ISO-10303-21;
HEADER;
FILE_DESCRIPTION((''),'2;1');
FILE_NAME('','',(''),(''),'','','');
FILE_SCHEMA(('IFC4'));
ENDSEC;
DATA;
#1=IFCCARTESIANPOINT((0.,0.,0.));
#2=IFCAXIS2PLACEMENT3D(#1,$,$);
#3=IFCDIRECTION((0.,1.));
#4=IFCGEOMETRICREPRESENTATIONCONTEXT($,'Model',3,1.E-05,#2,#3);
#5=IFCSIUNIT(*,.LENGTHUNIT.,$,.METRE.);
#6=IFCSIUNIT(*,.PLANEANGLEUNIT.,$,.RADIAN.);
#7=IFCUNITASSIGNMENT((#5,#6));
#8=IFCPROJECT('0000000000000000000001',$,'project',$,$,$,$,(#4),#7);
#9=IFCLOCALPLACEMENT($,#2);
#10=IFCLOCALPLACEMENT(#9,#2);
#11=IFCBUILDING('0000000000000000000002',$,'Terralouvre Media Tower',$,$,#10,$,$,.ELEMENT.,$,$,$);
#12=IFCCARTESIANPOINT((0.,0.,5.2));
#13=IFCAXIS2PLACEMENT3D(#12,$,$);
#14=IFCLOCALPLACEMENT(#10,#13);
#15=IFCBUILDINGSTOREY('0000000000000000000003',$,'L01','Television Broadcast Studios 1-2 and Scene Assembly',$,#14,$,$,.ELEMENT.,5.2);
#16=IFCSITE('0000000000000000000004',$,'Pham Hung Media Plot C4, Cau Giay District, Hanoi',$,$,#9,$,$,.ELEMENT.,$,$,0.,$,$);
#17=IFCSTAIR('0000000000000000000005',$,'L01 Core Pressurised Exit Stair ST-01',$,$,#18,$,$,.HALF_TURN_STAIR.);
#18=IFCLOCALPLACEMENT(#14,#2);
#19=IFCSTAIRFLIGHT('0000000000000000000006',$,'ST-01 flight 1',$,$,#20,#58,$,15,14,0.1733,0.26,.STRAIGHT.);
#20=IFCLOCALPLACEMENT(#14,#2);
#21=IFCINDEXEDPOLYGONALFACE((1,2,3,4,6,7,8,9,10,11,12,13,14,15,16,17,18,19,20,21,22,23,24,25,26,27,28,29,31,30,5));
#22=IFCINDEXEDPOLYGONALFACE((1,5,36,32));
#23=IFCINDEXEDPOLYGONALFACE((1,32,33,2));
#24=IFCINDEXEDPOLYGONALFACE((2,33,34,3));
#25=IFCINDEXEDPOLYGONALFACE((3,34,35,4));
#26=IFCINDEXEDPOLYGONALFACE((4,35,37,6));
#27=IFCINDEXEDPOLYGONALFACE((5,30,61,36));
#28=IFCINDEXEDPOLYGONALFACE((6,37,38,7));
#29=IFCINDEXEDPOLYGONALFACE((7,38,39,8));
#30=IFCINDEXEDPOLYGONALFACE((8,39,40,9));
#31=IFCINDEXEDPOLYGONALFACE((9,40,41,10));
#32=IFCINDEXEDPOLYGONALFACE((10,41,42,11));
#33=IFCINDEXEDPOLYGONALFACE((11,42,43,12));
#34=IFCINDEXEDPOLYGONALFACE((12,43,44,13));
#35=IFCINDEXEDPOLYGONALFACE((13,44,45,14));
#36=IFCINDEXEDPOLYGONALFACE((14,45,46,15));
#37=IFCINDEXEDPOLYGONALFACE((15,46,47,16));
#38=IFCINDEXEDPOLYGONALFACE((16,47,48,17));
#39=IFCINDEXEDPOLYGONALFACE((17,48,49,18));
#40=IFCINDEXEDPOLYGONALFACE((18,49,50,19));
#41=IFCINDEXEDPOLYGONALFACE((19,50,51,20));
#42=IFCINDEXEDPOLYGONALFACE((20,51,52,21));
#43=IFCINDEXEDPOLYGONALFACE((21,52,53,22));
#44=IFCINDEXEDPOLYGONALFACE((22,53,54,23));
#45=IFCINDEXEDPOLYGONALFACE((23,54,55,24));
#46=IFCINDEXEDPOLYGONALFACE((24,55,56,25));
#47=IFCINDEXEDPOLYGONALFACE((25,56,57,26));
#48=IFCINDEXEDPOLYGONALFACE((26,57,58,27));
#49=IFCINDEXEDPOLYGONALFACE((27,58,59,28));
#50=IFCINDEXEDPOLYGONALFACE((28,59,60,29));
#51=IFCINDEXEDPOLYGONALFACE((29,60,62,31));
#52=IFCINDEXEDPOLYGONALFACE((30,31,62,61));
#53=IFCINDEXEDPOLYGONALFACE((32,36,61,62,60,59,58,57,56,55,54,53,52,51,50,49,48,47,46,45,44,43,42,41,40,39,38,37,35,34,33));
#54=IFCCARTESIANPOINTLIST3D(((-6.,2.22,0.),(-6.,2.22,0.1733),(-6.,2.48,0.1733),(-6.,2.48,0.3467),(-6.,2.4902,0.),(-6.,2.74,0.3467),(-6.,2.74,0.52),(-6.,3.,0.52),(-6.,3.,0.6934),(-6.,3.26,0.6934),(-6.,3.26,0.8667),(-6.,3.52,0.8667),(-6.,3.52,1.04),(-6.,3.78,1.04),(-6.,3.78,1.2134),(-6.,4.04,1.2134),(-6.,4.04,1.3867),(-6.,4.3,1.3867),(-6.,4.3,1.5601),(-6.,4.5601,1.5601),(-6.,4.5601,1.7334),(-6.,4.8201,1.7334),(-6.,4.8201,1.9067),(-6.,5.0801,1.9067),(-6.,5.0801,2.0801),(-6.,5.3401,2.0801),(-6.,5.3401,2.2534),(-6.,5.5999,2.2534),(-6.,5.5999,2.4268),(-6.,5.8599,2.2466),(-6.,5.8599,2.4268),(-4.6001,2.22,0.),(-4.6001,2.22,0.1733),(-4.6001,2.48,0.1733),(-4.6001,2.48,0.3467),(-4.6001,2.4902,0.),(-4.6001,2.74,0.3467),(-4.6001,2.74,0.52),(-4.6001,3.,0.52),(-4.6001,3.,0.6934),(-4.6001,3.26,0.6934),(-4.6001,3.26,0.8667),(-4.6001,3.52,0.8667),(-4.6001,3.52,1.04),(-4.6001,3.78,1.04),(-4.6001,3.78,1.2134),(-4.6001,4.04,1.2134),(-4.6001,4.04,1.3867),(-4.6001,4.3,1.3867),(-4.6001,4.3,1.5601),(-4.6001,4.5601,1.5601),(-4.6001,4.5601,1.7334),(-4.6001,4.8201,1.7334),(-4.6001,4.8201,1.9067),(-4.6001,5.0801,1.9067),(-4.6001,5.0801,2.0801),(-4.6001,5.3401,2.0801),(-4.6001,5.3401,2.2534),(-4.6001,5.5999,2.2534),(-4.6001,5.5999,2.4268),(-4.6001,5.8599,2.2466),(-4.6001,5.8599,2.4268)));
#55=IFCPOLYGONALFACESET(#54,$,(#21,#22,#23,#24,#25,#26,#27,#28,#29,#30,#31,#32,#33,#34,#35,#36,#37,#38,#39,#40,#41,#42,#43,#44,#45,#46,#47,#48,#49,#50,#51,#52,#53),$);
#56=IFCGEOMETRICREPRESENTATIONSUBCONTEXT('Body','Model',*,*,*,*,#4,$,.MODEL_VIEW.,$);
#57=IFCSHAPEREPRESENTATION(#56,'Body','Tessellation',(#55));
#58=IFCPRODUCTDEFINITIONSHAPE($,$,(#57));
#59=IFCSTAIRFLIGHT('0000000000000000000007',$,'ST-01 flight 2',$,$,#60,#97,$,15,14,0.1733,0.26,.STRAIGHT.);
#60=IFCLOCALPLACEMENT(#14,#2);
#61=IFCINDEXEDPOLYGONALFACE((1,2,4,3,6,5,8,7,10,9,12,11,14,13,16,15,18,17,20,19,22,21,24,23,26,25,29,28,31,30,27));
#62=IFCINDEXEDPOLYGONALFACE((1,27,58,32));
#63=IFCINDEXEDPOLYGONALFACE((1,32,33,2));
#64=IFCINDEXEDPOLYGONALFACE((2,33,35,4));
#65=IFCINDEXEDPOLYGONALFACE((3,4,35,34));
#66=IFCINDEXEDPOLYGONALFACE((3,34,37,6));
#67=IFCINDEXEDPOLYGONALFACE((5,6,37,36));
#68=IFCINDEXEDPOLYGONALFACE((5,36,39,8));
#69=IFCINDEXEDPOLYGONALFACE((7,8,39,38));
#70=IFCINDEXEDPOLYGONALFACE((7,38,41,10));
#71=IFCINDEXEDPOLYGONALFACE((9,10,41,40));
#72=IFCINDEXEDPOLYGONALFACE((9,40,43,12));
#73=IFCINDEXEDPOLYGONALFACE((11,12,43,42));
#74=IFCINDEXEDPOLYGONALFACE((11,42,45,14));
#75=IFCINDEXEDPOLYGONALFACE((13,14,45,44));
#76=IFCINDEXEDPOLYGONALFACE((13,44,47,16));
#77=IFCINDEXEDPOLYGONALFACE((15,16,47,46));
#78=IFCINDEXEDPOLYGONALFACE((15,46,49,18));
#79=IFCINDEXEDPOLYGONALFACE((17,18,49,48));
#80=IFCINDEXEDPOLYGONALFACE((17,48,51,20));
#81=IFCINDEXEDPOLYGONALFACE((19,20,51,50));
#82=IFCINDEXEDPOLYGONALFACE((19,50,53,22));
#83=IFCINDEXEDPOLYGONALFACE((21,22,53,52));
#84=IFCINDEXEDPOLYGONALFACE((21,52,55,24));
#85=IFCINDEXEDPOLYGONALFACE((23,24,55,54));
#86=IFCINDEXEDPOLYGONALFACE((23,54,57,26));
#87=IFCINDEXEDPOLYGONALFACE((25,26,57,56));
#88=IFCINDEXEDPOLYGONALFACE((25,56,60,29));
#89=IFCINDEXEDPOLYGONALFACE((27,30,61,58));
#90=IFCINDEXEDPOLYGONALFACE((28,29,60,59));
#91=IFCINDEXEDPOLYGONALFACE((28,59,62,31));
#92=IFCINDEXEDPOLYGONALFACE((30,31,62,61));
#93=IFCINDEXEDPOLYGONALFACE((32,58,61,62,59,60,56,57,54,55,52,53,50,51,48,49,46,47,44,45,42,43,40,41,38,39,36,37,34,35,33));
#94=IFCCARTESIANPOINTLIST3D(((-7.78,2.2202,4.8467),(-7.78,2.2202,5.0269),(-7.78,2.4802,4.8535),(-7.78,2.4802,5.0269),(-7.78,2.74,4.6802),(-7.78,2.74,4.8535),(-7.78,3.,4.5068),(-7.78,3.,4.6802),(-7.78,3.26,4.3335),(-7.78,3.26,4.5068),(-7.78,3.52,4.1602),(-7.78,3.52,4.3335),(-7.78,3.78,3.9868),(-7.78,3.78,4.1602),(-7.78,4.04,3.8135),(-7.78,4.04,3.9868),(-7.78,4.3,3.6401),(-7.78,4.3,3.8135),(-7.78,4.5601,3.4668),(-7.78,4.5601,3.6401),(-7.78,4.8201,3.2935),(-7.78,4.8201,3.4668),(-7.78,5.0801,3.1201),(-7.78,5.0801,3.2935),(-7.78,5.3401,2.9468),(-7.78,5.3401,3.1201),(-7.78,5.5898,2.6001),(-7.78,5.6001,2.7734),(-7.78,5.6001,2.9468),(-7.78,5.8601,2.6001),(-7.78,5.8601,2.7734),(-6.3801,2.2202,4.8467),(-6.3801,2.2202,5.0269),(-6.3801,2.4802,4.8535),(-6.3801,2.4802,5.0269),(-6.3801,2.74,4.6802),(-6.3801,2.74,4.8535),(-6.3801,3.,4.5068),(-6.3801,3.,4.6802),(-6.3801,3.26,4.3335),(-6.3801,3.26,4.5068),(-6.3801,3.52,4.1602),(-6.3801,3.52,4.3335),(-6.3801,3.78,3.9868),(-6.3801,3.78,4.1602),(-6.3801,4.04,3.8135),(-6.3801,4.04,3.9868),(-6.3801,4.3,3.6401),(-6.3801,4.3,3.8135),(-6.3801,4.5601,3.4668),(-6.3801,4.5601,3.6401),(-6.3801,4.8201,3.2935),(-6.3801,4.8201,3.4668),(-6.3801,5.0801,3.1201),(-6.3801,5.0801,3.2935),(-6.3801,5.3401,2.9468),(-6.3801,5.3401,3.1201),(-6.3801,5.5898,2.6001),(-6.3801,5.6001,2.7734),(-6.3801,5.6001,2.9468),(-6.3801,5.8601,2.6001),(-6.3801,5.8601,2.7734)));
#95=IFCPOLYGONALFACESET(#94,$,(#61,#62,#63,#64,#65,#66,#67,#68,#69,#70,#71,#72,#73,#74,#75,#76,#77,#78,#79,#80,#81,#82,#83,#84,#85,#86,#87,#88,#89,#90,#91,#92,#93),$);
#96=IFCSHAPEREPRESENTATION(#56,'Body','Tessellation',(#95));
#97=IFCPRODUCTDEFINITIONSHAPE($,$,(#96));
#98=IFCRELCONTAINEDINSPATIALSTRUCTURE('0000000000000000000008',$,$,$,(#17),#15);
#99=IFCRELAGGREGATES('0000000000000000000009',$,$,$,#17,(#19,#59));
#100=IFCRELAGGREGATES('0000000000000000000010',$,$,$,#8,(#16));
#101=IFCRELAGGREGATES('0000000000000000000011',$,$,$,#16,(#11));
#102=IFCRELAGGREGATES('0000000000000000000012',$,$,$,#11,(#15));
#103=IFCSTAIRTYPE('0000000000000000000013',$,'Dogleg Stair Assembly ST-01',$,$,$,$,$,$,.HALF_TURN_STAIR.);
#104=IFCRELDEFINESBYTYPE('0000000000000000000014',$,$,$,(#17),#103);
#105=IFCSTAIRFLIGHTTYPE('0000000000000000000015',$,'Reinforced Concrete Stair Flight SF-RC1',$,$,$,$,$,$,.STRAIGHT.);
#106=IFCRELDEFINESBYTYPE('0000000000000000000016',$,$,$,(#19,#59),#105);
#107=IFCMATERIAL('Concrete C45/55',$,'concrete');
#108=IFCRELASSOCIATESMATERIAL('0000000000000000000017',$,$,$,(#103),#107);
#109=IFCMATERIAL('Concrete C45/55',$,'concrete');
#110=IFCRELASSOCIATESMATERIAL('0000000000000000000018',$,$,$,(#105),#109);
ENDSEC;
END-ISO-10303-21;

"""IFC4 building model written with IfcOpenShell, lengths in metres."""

from ifc_helpers import new_model, si_unit, direction, frame, origin, place, context, subcontext, project, spatial, polyline, outline, extrude, material, type_object, element, aggregate, save


model = new_model("IFC4")

# Units and contexts
model_context = context("Model", 3, precision=1e-05, world=origin(), true_north=direction((0.0, 1.0)))
body_context = subcontext(model_context, "Body", "Model", "MODEL_VIEW")
ifc_project = project(units=[si_unit("LENGTHUNIT", "METRE"), si_unit("PLANEANGLEUNIT", "RADIAN")], contexts=[model_context])

# Site, building, storey
site_placement = place(None, origin())
site = spatial("IfcSite", under=ifc_project, at=site_placement, Name="Pham Hung Media Plot C4, Cau Giay District, Hanoi", CompositionType="ELEMENT", RefElevation=0.0)
building_placement = place(site_placement, origin())
building = spatial("IfcBuilding", under=site, at=building_placement, Name="Terralouvre Media Tower", CompositionType="ELEMENT")
storey_placement = place(building_placement, frame((0.0, 0.0, 5.2)))
storey = spatial("IfcBuildingStorey", under=building, at=storey_placement, Name="L01", Description="Television Broadcast Studios 1-2 and Scene Assembly", CompositionType="ELEMENT", Elevation=5.2)

# Stair, stair flights
ifc_material_1 = material(Name="Concrete C45/55", Category="concrete")
stair_type = type_object("IfcStairType", Name="Dogleg Stair Assembly ST-01", PredefinedType="HALF_TURN_STAIR", material=ifc_material_1)
stair_placement = place(storey_placement, origin())
stair = element("IfcStair", 1, at=stair_placement, inside=storey, type_object=stair_type, Name="L01 Core Pressurised Exit Stair ST-01", PredefinedType="HALF_TURN_STAIR")
ifc_material_2 = material(Name="Concrete C45/55", Category="concrete")
stair_flight_type = type_object("IfcStairFlightType", Name="Reinforced Concrete Stair Flight SF-RC1", PredefinedType="STRAIGHT", material=ifc_material_2)
stair_flight_1_placement = place(storey_placement, frame((-5.3, 2.22, 0.0), z_axis=(0.0, 0.0, 1.0), x_axis=(0.0, 1.0, 0.0)))
stair_flight_1 = element("IfcStairFlight", 2, at=stair_flight_1_placement, type_object=stair_flight_type, Name="ST-01 flight 1", NumberOfRisers=15, NumberOfTreads=14, PredefinedType="STRAIGHT", RiserHeight=0.1733, TreadLength=0.26, context=body_context, shape_type="SweptSolid", body=[
    extrude(outline(polyline([(0.0, 0.0), (0.0, 0.1733), (0.26, 0.1733), (0.26, 0.3467), (0.52, 0.3467), (0.52, 0.52), (0.78, 0.52), (0.78, 0.6934), (1.04, 0.6934), (1.04, 0.8667), (1.3, 0.8667), (1.3, 1.04), (1.5601, 1.04), (1.5601, 1.2134), (1.8201, 1.2134), (1.8201, 1.3867), (2.0801, 1.3867), (2.0801, 1.5601), (2.3401, 1.5601), (2.3401, 1.7334), (2.6001, 1.7334), (2.6001, 1.9067), (2.8601, 1.9067), (2.8601, 2.0801), (3.1201, 2.0801), (3.1201, 2.2534), (3.3799, 2.2534), (3.3799, 2.4268), (3.6399, 2.4268), (3.6399, 2.6001), (3.6399, 2.2466), (0.2703, 0.0), (0.0, 0.0)])), frame((0.0, 0.7, 0.0), z_axis=(0.0, -1.0, 0.0), x_axis=(1.0, 0.0, 0.0)), (0.0, 0.0, 1.0), 1.3999),
])
stair_flight_2_placement = place(storey_placement, frame((-7.0801, 5.8601, 2.6001), z_axis=(0.0, 0.0, 1.0), x_axis=(0.0, -1.0, 0.0)))
stair_flight_2 = element("IfcStairFlight", 3, at=stair_flight_2_placement, type_object=stair_flight_type, Name="ST-01 flight 2", NumberOfRisers=15, NumberOfTreads=14, PredefinedType="STRAIGHT", RiserHeight=0.1733, TreadLength=0.26, context=body_context, shape_type="SweptSolid", body=[
    extrude(outline(polyline([(0.0, 0.0), (0.0, 0.1733), (0.26, 0.1733), (0.26, 0.3467), (0.52, 0.3467), (0.52, 0.52), (0.78, 0.52), (0.78, 0.6934), (1.04, 0.6934), (1.04, 0.8667), (1.3, 0.8667), (1.3, 1.04), (1.5601, 1.04), (1.5601, 1.2134), (1.8201, 1.2134), (1.8201, 1.3867), (2.0801, 1.3867), (2.0801, 1.5601), (2.3401, 1.5601), (2.3401, 1.7334), (2.6001, 1.7334), (2.6001, 1.9067), (2.8601, 1.9067), (2.8601, 2.0801), (3.1201, 2.0801), (3.1201, 2.2534), (3.3799, 2.2534), (3.3799, 2.4268), (3.6399, 2.4268), (3.6399, 2.6001), (3.6399, 2.2466), (0.2703, 0.0), (0.0, 0.0)])), frame((0.0, 0.7, 0.0), z_axis=(0.0, -1.0, 0.0), x_axis=(1.0, 0.0, 0.0)), (0.0, 0.0, 1.0), 1.3999),
])
aggregate(stair, [stair_flight_1, stair_flight_2])

save(model, "model.ifc")
